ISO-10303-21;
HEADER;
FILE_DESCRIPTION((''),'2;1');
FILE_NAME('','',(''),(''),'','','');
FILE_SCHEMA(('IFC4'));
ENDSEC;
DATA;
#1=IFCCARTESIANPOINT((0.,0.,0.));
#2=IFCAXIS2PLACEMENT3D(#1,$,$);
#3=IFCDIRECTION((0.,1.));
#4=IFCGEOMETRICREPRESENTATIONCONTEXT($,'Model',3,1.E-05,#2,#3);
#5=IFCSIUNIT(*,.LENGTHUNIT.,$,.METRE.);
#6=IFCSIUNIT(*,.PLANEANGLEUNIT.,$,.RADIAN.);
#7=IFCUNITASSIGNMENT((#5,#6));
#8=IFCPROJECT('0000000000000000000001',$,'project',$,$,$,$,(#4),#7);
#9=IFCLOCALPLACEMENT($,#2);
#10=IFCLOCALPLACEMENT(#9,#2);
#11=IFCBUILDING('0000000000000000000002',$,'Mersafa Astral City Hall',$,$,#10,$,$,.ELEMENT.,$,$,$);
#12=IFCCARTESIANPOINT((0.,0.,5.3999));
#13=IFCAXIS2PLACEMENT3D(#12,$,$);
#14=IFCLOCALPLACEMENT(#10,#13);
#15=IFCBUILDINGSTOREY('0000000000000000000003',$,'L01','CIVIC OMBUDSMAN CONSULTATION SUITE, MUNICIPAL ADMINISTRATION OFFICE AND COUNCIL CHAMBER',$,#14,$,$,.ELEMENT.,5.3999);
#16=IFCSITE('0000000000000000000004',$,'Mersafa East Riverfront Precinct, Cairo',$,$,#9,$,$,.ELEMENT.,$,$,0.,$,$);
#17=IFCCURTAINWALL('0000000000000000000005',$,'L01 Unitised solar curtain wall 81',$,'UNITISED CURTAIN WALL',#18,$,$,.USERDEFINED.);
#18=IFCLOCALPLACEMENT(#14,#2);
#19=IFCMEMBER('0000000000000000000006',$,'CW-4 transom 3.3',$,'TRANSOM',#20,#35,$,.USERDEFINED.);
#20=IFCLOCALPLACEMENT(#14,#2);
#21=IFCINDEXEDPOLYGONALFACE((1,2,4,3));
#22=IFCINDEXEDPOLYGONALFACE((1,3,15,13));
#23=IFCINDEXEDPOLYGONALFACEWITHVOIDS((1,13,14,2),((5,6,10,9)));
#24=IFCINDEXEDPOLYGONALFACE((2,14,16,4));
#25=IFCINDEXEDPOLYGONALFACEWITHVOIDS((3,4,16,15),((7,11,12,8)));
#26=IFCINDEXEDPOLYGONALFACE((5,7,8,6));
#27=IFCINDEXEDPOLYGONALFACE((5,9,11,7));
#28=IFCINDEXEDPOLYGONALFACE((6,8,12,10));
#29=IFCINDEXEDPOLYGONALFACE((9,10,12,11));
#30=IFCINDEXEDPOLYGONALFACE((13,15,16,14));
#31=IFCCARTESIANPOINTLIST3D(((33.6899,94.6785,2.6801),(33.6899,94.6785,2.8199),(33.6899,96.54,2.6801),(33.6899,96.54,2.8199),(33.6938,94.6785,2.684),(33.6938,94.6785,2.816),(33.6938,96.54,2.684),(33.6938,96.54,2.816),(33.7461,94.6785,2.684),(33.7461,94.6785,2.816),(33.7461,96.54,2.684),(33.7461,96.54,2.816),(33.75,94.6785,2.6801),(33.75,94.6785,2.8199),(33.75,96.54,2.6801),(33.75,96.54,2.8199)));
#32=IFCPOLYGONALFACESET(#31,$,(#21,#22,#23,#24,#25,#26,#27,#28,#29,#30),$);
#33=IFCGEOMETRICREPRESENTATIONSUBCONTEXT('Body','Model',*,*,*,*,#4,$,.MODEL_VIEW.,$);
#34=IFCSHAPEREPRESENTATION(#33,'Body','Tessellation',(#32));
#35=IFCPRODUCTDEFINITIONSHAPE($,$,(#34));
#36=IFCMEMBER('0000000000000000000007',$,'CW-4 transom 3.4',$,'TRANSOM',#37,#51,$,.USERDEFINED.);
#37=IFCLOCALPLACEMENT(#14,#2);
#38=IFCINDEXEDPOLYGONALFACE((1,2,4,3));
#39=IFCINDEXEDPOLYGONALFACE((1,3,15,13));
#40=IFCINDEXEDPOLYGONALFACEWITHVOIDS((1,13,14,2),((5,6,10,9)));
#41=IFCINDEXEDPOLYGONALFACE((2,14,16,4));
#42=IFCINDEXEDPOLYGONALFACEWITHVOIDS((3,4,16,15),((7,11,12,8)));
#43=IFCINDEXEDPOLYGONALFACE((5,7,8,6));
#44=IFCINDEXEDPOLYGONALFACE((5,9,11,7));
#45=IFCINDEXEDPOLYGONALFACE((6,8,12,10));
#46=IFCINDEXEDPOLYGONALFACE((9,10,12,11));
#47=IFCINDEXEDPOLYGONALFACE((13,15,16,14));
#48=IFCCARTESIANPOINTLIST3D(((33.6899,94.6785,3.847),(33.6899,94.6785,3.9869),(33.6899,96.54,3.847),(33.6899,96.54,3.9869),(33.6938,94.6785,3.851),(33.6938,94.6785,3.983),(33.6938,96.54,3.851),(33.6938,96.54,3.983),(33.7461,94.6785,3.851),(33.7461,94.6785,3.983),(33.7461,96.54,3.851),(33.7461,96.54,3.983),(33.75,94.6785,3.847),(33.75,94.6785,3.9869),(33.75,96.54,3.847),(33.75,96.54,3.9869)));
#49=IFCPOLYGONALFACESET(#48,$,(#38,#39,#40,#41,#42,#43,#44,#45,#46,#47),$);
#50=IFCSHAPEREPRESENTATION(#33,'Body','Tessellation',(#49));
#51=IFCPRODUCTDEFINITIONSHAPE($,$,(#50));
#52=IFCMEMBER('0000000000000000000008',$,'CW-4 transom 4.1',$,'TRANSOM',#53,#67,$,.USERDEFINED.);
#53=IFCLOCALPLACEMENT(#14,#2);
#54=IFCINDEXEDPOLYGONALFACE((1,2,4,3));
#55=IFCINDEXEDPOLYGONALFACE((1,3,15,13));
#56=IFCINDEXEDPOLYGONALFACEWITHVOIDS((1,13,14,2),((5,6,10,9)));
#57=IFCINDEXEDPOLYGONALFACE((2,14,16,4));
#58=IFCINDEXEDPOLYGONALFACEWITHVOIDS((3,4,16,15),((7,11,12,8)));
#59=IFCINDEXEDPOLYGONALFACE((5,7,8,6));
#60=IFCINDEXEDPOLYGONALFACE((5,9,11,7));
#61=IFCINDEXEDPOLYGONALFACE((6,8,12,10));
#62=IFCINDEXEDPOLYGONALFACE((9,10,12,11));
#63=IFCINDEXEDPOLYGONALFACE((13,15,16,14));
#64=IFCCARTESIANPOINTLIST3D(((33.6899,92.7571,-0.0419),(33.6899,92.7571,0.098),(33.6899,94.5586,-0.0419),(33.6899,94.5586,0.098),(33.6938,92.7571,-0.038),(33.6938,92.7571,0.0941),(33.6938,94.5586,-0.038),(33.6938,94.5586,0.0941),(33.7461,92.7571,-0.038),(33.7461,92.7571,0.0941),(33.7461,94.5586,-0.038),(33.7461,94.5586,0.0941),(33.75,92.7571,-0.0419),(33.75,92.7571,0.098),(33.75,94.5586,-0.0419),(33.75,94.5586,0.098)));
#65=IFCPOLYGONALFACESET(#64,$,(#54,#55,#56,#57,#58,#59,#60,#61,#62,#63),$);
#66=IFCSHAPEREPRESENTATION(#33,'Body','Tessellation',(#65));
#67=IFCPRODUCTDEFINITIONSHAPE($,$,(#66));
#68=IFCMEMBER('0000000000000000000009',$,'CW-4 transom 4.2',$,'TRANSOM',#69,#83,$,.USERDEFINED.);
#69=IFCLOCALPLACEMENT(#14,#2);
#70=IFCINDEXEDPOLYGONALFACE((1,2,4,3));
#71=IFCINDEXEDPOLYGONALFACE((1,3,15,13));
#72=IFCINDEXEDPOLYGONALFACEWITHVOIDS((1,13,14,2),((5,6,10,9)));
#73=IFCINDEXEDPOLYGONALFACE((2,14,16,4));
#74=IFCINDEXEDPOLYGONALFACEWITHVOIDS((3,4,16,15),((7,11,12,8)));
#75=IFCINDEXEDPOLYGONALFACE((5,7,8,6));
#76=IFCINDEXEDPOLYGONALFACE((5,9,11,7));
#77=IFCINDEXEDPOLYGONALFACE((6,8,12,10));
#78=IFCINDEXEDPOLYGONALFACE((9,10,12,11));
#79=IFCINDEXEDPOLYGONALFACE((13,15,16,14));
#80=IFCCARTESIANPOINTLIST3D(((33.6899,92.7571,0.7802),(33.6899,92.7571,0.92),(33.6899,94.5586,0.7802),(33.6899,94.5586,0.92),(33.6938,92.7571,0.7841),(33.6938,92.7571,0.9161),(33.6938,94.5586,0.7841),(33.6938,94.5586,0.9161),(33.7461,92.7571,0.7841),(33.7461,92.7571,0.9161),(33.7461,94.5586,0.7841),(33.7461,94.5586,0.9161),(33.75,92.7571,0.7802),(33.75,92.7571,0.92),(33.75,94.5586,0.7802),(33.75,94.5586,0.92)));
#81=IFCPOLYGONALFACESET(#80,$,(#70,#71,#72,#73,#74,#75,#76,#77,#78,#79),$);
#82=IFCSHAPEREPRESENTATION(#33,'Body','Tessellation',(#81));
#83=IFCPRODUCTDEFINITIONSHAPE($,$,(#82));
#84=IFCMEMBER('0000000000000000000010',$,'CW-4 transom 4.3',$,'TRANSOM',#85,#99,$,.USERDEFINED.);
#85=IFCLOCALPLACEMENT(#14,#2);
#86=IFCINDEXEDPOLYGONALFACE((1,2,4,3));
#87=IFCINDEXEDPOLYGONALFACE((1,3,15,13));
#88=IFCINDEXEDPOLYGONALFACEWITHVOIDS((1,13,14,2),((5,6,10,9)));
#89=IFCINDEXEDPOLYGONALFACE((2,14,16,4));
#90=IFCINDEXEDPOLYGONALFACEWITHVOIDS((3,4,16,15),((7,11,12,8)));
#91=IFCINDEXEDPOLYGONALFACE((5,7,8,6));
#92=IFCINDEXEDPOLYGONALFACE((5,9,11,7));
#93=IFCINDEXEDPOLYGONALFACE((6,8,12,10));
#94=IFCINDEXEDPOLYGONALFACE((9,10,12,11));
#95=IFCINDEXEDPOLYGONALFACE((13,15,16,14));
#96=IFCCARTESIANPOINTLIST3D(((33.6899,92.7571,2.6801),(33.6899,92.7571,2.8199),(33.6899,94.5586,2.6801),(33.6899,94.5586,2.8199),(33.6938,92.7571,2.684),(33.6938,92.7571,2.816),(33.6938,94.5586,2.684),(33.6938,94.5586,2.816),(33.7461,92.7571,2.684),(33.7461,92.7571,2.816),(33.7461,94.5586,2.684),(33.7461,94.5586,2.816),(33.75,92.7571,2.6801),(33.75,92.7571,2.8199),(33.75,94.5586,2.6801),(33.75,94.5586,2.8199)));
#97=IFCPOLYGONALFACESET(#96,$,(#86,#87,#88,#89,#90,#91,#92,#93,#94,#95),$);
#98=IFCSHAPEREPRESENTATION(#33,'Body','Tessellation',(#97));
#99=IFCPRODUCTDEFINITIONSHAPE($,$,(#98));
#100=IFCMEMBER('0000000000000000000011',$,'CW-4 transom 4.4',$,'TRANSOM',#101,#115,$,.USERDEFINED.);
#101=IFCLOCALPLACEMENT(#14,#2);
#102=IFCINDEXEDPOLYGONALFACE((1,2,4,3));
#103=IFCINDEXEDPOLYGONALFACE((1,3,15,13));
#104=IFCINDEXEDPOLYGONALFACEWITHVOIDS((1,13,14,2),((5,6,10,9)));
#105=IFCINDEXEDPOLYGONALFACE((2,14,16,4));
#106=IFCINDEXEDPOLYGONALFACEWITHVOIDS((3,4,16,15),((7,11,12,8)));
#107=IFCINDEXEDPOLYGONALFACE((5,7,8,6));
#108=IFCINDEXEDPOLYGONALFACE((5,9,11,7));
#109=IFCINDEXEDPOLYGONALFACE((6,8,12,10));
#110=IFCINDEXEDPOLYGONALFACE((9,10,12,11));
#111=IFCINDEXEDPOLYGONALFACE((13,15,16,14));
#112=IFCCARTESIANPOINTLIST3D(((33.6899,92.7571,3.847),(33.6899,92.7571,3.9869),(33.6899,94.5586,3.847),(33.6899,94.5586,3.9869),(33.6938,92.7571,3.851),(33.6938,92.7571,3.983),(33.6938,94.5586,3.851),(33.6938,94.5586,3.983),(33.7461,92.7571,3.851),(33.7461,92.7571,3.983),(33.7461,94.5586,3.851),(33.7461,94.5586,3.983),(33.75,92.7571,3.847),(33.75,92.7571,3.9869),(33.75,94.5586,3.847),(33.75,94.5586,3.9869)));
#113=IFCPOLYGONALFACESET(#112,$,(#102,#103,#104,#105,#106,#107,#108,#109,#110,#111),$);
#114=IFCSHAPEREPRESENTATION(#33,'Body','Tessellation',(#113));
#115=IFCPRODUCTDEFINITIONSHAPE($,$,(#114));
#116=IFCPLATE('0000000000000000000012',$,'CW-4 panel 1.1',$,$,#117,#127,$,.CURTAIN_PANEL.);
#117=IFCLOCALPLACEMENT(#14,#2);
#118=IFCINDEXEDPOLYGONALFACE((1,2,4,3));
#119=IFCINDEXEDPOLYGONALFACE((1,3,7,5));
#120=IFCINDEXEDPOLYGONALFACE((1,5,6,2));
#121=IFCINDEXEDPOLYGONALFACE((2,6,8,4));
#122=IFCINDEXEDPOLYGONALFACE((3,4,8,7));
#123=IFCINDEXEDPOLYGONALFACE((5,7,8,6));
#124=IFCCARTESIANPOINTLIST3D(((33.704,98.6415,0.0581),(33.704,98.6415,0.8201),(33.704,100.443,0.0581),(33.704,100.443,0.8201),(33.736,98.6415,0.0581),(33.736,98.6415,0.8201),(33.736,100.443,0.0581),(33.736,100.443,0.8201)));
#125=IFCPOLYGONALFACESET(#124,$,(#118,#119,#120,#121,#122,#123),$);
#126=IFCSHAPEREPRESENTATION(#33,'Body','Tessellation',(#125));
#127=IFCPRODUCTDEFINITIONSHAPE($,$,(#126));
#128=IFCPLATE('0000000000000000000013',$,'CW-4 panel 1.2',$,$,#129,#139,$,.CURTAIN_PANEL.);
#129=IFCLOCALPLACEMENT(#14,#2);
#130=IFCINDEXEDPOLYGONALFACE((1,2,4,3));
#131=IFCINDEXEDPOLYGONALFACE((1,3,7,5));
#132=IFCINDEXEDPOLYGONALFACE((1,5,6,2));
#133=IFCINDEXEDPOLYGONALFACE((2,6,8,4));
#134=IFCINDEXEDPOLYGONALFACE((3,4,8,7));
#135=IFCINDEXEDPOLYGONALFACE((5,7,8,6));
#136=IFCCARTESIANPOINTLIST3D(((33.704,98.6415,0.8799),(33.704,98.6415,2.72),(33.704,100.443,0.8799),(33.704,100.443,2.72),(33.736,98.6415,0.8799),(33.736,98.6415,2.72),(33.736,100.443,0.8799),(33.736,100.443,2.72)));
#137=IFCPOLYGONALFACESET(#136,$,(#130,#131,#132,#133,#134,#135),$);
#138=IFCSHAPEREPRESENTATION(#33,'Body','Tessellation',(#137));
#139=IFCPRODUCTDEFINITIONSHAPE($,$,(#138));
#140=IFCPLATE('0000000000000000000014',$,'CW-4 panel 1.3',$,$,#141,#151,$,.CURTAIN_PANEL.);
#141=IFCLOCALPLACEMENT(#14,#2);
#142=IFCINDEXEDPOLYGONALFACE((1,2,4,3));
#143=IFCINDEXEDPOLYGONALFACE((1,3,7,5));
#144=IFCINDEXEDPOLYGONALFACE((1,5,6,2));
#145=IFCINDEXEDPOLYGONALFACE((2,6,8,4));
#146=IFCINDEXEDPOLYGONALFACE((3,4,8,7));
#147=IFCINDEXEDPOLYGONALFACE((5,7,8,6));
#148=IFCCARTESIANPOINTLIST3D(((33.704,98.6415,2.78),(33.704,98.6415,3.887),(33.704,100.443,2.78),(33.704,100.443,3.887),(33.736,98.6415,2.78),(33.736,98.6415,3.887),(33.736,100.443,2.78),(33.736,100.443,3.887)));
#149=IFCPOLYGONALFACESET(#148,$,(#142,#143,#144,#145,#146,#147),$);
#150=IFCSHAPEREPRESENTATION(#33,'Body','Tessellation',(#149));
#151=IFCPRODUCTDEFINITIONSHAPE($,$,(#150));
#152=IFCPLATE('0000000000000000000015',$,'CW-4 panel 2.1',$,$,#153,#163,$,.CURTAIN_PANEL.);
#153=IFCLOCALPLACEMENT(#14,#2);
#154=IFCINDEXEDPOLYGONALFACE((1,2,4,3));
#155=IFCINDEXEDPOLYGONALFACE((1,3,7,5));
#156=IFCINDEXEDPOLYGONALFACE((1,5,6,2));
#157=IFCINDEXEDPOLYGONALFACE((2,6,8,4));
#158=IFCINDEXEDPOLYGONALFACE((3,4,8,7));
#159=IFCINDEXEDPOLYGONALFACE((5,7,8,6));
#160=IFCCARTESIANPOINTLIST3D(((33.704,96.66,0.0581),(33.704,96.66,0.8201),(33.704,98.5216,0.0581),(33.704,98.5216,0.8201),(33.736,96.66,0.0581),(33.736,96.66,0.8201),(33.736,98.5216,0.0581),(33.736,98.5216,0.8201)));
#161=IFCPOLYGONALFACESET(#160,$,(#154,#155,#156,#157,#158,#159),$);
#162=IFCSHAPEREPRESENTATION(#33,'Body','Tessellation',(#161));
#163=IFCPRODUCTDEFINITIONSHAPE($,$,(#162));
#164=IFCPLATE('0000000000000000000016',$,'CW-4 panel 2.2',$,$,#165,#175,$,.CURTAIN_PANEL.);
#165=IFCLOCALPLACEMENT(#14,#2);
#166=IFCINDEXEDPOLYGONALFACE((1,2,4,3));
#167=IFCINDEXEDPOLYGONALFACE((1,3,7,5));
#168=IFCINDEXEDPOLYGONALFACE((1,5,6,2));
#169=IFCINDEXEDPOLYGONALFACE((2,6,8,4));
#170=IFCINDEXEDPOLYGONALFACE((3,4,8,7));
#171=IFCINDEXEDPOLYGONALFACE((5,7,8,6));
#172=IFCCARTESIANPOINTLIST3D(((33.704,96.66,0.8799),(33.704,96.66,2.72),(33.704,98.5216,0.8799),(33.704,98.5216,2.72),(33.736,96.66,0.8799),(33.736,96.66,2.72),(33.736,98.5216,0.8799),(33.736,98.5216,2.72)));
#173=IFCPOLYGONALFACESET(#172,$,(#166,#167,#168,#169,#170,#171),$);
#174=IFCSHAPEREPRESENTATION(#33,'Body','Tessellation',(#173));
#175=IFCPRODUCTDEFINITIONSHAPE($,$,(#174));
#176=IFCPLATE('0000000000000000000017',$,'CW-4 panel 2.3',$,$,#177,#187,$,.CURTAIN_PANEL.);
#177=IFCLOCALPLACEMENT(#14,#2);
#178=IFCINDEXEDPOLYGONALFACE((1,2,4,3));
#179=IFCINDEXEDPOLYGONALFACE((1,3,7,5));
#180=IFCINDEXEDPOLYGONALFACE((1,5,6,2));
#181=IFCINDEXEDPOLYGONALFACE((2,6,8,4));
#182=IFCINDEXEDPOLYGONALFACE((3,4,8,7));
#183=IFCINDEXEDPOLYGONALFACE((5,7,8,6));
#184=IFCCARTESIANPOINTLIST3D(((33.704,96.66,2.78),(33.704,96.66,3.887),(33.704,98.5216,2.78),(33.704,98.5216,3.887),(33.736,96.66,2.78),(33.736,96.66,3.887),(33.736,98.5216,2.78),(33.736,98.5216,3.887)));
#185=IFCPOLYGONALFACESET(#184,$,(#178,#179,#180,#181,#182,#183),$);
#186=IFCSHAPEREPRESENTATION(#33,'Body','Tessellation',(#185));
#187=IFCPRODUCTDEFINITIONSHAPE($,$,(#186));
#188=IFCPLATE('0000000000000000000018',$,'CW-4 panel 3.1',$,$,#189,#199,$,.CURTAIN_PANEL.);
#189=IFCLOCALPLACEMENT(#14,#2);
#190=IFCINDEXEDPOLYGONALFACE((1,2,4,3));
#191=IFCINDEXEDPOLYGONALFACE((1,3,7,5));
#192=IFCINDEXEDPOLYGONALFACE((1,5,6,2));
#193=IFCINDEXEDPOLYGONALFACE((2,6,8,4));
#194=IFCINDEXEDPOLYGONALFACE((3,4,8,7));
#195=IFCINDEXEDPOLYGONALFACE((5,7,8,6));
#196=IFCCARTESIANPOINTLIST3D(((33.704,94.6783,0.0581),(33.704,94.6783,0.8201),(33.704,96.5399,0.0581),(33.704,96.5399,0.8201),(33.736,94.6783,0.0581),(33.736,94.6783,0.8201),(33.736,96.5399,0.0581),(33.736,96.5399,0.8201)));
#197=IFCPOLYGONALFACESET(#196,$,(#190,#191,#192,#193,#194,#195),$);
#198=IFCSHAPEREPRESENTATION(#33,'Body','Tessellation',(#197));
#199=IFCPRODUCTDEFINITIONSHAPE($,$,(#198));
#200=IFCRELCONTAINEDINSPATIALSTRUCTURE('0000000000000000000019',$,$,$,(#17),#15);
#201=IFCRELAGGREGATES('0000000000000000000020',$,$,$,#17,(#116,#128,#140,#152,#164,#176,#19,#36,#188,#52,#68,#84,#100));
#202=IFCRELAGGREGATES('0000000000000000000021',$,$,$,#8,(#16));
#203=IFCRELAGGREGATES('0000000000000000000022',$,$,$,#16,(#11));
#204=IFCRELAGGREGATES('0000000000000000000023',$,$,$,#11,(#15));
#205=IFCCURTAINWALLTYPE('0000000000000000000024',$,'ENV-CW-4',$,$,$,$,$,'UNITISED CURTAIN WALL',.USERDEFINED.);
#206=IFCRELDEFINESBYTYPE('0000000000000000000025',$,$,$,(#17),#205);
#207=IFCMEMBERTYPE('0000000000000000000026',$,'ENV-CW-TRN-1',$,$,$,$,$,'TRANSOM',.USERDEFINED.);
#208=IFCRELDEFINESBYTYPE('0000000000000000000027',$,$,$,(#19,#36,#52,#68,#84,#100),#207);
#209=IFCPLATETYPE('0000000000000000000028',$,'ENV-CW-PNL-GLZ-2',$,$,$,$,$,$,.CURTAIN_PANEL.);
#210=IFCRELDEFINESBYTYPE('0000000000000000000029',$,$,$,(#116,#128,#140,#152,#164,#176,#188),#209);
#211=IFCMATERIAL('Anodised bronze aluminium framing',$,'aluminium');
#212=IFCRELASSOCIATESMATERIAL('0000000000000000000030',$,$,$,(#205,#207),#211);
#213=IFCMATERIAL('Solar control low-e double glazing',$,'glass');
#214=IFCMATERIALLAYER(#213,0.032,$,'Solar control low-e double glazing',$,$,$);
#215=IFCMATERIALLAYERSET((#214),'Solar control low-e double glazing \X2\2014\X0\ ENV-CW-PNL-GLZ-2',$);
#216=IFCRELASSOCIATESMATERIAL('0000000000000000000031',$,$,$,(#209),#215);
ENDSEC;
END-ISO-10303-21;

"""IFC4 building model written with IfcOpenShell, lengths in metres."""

from ifc_helpers import new_model, si_unit, direction, frame, origin, origin_2d, place, context, subcontext, project, spatial, rectangle, hollow_rectangle, extrude, material, layer, layer_set, material_profile, profile_set, type_object, element, aggregate, save


model = new_model("IFC4")

# Units and contexts
model_context = context("Model", 3, precision=1e-05, world=origin(), true_north=direction((0.0, 1.0)))
body_context = subcontext(model_context, "Body", "Model", "MODEL_VIEW")
ifc_project = project(units=[si_unit("LENGTHUNIT", "METRE"), si_unit("PLANEANGLEUNIT", "RADIAN")], contexts=[model_context])

# Site, building, storey
site_placement = place(None, origin())
site = spatial("IfcSite", under=ifc_project, at=site_placement, Name="Mersafa East Riverfront Precinct, Cairo", CompositionType="ELEMENT", RefElevation=0.0)
building_placement = place(site_placement, origin())
building = spatial("IfcBuilding", under=site, at=building_placement, Name="Mersafa Astral City Hall", CompositionType="ELEMENT")
storey_placement = place(building_placement, frame((0.0, 0.0, 5.3999)))
storey = spatial("IfcBuildingStorey", under=building, at=storey_placement, Name="L01", Description="CIVIC OMBUDSMAN CONSULTATION SUITE, MUNICIPAL ADMINISTRATION OFFICE AND COUNCIL CHAMBER", CompositionType="ELEMENT", Elevation=5.3999)

# Curtain wall, members, plates
ifc_material_1 = material(Name="Anodised bronze aluminium framing", Category="aluminium")
curtain_wall_type = type_object("IfcCurtainWallType", Name="ENV-CW-4", ElementType="UNITISED CURTAIN WALL", PredefinedType="USERDEFINED", material=ifc_material_1)
curtain_wall_placement = place(storey_placement, origin())
curtain_wall = element("IfcCurtainWall", 1, at=curtain_wall_placement, inside=storey, type_object=curtain_wall_type, Name="L01 Unitised solar curtain wall 81", ObjectType="UNITISED CURTAIN WALL", PredefinedType="USERDEFINED")
ifc_material_profile_1 = material_profile(ifc_material_1, hollow_rectangle(XDim=0.0601, YDim=0.1399, WallThickness=0.0039, at=origin_2d()), Name="RHS 60x140x4")
ifc_profile_set_1 = profile_set([ifc_material_profile_1], Name="Anodised bronze aluminium framing")
member_type_1 = type_object("IfcMemberType", Name="ENV-CW-TRN-1", ElementType="TRANSOM", PredefinedType="USERDEFINED", material=ifc_profile_set_1)
member_1_placement = place(storey_placement, frame((33.72, 96.54, 2.75), z_axis=(0.0, -1.0, 0.0), x_axis=(1.0, 0.0, 0.0)))
member_1 = element("IfcMember", 2, at=member_1_placement, type_object=member_type_1, Name="CW-4 transom 3.3", ObjectType="TRANSOM", PredefinedType="USERDEFINED", context=body_context, shape_type="SweptSolid", body=[
    extrude(hollow_rectangle(XDim=0.0601, YDim=0.1399, WallThickness=0.0039, at=origin_2d()), origin(), (0.0, 0.0, 1.0), 1.8616),
])
member_2_placement = place(storey_placement, frame((33.72, 96.54, 3.917), z_axis=(0.0, -1.0, 0.0), x_axis=(1.0, 0.0, 0.0)))
member_2 = element("IfcMember", 3, at=member_2_placement, type_object=member_type_1, Name="CW-4 transom 3.4", ObjectType="TRANSOM", PredefinedType="USERDEFINED", context=body_context, shape_type="SweptSolid", body=[
    extrude(hollow_rectangle(XDim=0.0601, YDim=0.1399, WallThickness=0.0039, at=origin_2d()), origin(), (0.0, 0.0, 1.0), 1.8616),
])
member_3_placement = place(storey_placement, frame((33.72, 94.5586, 0.0281), z_axis=(0.0, -1.0, 0.0), x_axis=(1.0, 0.0, 0.0)))
member_3 = element("IfcMember", 4, at=member_3_placement, type_object=member_type_1, Name="CW-4 transom 4.1", ObjectType="TRANSOM", PredefinedType="USERDEFINED", context=body_context, shape_type="SweptSolid", body=[
    extrude(hollow_rectangle(XDim=0.0601, YDim=0.1399, WallThickness=0.0039, at=origin_2d()), origin(), (0.0, 0.0, 1.0), 1.8015),
])
member_4_placement = place(storey_placement, frame((33.72, 94.5586, 0.8501), z_axis=(0.0, -1.0, 0.0), x_axis=(1.0, 0.0, 0.0)))
member_4 = element("IfcMember", 5, at=member_4_placement, type_object=member_type_1, Name="CW-4 transom 4.2", ObjectType="TRANSOM", PredefinedType="USERDEFINED", context=body_context, shape_type="SweptSolid", body=[
    extrude(hollow_rectangle(XDim=0.0601, YDim=0.1399, WallThickness=0.0039, at=origin_2d()), origin(), (0.0, 0.0, 1.0), 1.8015),
])
member_5_placement = place(storey_placement, frame((33.72, 94.5586, 2.75), z_axis=(0.0, -1.0, 0.0), x_axis=(1.0, 0.0, 0.0)))
member_5 = element("IfcMember", 6, at=member_5_placement, type_object=member_type_1, Name="CW-4 transom 4.3", ObjectType="TRANSOM", PredefinedType="USERDEFINED", context=body_context, shape_type="SweptSolid", body=[
    extrude(hollow_rectangle(XDim=0.0601, YDim=0.1399, WallThickness=0.0039, at=origin_2d()), origin(), (0.0, 0.0, 1.0), 1.8015),
])
member_6_placement = place(storey_placement, frame((33.72, 94.5586, 3.917), z_axis=(0.0, -1.0, 0.0), x_axis=(1.0, 0.0, 0.0)))
member_6 = element("IfcMember", 7, at=member_6_placement, type_object=member_type_1, Name="CW-4 transom 4.4", ObjectType="TRANSOM", PredefinedType="USERDEFINED", context=body_context, shape_type="SweptSolid", body=[
    extrude(hollow_rectangle(XDim=0.0601, YDim=0.1399, WallThickness=0.0039, at=origin_2d()), origin(), (0.0, 0.0, 1.0), 1.8015),
])
ifc_material_2 = material(Name="Solar control low-e double glazing", Category="glass")
ifc_layer = layer(ifc_material_2, 0.032, Name="Solar control low-e double glazing")
ifc_layer_set = layer_set([ifc_layer], Name="Solar control low-e double glazing — ENV-CW-PNL-GLZ-2")
plate_type = type_object("IfcPlateType", Name="ENV-CW-PNL-GLZ-2", PredefinedType="CURTAIN_PANEL", material=ifc_layer_set)
plate_1_placement = place(storey_placement, frame((33.72, 99.5422, 0.0581), z_axis=(0.0, 0.0, 1.0), x_axis=(0.0, -1.0, 0.0)))
plate_1 = element("IfcPlate", 8, at=plate_1_placement, type_object=plate_type, Name="CW-4 panel 1.1", PredefinedType="CURTAIN_PANEL", context=body_context, shape_type="SweptSolid", body=[
    extrude(rectangle(XDim=1.8015, YDim=0.032, at=origin_2d()), origin(), (0.0, 0.0, 1.0), 0.762),
])
plate_2_placement = place(storey_placement, frame((33.72, 99.5422, 0.8799), z_axis=(0.0, 0.0, 1.0), x_axis=(0.0, -1.0, 0.0)))
plate_2 = element("IfcPlate", 9, at=plate_2_placement, type_object=plate_type, Name="CW-4 panel 1.2", PredefinedType="CURTAIN_PANEL", context=body_context, shape_type="SweptSolid", body=[
    extrude(rectangle(XDim=1.8015, YDim=0.032, at=origin_2d()), origin(), (0.0, 0.0, 1.0), 1.8401),
])
plate_3_placement = place(storey_placement, frame((33.72, 99.5422, 2.78), z_axis=(0.0, 0.0, 1.0), x_axis=(0.0, -1.0, 0.0)))
plate_3 = element("IfcPlate", 10, at=plate_3_placement, type_object=plate_type, Name="CW-4 panel 1.3", PredefinedType="CURTAIN_PANEL", context=body_context, shape_type="SweptSolid", body=[
    extrude(rectangle(XDim=1.8015, YDim=0.032, at=origin_2d()), origin(), (0.0, 0.0, 1.0), 1.1069),
])
plate_4_placement = place(storey_placement, frame((33.72, 97.5908, 0.0581), z_axis=(0.0, 0.0, 1.0), x_axis=(0.0, -1.0, 0.0)))
plate_4 = element("IfcPlate", 11, at=plate_4_placement, type_object=plate_type, Name="CW-4 panel 2.1", PredefinedType="CURTAIN_PANEL", context=body_context, shape_type="SweptSolid", body=[
    extrude(rectangle(XDim=1.8616, YDim=0.032, at=origin_2d()), origin(), (0.0, 0.0, 1.0), 0.762),
])
plate_5_placement = place(storey_placement, frame((33.72, 97.5908, 0.8799), z_axis=(0.0, 0.0, 1.0), x_axis=(0.0, -1.0, 0.0)))
plate_5 = element("IfcPlate", 12, at=plate_5_placement, type_object=plate_type, Name="CW-4 panel 2.2", PredefinedType="CURTAIN_PANEL", context=body_context, shape_type="SweptSolid", body=[
    extrude(rectangle(XDim=1.8616, YDim=0.032, at=origin_2d()), origin(), (0.0, 0.0, 1.0), 1.8401),
])
plate_6_placement = place(storey_placement, frame((33.72, 97.5908, 2.78), z_axis=(0.0, 0.0, 1.0), x_axis=(0.0, -1.0, 0.0)))
plate_6 = element("IfcPlate", 13, at=plate_6_placement, type_object=plate_type, Name="CW-4 panel 2.3", PredefinedType="CURTAIN_PANEL", context=body_context, shape_type="SweptSolid", body=[
    extrude(rectangle(XDim=1.8616, YDim=0.032, at=origin_2d()), origin(), (0.0, 0.0, 1.0), 1.1069),
])
plate_7_placement = place(storey_placement, frame((33.72, 95.6091, 0.0581), z_axis=(0.0, 0.0, 1.0), x_axis=(0.0, -1.0, 0.0)))
plate_7 = element("IfcPlate", 14, at=plate_7_placement, type_object=plate_type, Name="CW-4 panel 3.1", PredefinedType="CURTAIN_PANEL", context=body_context, shape_type="SweptSolid", body=[
    extrude(rectangle(XDim=1.8616, YDim=0.032, at=origin_2d()), origin(), (0.0, 0.0, 1.0), 0.762),
])
aggregate(curtain_wall, [plate_1, plate_2, plate_3, plate_4, plate_5, plate_6, member_1, member_2, plate_7, member_3, member_4, member_5, member_6])

save(model, "model.ifc")
